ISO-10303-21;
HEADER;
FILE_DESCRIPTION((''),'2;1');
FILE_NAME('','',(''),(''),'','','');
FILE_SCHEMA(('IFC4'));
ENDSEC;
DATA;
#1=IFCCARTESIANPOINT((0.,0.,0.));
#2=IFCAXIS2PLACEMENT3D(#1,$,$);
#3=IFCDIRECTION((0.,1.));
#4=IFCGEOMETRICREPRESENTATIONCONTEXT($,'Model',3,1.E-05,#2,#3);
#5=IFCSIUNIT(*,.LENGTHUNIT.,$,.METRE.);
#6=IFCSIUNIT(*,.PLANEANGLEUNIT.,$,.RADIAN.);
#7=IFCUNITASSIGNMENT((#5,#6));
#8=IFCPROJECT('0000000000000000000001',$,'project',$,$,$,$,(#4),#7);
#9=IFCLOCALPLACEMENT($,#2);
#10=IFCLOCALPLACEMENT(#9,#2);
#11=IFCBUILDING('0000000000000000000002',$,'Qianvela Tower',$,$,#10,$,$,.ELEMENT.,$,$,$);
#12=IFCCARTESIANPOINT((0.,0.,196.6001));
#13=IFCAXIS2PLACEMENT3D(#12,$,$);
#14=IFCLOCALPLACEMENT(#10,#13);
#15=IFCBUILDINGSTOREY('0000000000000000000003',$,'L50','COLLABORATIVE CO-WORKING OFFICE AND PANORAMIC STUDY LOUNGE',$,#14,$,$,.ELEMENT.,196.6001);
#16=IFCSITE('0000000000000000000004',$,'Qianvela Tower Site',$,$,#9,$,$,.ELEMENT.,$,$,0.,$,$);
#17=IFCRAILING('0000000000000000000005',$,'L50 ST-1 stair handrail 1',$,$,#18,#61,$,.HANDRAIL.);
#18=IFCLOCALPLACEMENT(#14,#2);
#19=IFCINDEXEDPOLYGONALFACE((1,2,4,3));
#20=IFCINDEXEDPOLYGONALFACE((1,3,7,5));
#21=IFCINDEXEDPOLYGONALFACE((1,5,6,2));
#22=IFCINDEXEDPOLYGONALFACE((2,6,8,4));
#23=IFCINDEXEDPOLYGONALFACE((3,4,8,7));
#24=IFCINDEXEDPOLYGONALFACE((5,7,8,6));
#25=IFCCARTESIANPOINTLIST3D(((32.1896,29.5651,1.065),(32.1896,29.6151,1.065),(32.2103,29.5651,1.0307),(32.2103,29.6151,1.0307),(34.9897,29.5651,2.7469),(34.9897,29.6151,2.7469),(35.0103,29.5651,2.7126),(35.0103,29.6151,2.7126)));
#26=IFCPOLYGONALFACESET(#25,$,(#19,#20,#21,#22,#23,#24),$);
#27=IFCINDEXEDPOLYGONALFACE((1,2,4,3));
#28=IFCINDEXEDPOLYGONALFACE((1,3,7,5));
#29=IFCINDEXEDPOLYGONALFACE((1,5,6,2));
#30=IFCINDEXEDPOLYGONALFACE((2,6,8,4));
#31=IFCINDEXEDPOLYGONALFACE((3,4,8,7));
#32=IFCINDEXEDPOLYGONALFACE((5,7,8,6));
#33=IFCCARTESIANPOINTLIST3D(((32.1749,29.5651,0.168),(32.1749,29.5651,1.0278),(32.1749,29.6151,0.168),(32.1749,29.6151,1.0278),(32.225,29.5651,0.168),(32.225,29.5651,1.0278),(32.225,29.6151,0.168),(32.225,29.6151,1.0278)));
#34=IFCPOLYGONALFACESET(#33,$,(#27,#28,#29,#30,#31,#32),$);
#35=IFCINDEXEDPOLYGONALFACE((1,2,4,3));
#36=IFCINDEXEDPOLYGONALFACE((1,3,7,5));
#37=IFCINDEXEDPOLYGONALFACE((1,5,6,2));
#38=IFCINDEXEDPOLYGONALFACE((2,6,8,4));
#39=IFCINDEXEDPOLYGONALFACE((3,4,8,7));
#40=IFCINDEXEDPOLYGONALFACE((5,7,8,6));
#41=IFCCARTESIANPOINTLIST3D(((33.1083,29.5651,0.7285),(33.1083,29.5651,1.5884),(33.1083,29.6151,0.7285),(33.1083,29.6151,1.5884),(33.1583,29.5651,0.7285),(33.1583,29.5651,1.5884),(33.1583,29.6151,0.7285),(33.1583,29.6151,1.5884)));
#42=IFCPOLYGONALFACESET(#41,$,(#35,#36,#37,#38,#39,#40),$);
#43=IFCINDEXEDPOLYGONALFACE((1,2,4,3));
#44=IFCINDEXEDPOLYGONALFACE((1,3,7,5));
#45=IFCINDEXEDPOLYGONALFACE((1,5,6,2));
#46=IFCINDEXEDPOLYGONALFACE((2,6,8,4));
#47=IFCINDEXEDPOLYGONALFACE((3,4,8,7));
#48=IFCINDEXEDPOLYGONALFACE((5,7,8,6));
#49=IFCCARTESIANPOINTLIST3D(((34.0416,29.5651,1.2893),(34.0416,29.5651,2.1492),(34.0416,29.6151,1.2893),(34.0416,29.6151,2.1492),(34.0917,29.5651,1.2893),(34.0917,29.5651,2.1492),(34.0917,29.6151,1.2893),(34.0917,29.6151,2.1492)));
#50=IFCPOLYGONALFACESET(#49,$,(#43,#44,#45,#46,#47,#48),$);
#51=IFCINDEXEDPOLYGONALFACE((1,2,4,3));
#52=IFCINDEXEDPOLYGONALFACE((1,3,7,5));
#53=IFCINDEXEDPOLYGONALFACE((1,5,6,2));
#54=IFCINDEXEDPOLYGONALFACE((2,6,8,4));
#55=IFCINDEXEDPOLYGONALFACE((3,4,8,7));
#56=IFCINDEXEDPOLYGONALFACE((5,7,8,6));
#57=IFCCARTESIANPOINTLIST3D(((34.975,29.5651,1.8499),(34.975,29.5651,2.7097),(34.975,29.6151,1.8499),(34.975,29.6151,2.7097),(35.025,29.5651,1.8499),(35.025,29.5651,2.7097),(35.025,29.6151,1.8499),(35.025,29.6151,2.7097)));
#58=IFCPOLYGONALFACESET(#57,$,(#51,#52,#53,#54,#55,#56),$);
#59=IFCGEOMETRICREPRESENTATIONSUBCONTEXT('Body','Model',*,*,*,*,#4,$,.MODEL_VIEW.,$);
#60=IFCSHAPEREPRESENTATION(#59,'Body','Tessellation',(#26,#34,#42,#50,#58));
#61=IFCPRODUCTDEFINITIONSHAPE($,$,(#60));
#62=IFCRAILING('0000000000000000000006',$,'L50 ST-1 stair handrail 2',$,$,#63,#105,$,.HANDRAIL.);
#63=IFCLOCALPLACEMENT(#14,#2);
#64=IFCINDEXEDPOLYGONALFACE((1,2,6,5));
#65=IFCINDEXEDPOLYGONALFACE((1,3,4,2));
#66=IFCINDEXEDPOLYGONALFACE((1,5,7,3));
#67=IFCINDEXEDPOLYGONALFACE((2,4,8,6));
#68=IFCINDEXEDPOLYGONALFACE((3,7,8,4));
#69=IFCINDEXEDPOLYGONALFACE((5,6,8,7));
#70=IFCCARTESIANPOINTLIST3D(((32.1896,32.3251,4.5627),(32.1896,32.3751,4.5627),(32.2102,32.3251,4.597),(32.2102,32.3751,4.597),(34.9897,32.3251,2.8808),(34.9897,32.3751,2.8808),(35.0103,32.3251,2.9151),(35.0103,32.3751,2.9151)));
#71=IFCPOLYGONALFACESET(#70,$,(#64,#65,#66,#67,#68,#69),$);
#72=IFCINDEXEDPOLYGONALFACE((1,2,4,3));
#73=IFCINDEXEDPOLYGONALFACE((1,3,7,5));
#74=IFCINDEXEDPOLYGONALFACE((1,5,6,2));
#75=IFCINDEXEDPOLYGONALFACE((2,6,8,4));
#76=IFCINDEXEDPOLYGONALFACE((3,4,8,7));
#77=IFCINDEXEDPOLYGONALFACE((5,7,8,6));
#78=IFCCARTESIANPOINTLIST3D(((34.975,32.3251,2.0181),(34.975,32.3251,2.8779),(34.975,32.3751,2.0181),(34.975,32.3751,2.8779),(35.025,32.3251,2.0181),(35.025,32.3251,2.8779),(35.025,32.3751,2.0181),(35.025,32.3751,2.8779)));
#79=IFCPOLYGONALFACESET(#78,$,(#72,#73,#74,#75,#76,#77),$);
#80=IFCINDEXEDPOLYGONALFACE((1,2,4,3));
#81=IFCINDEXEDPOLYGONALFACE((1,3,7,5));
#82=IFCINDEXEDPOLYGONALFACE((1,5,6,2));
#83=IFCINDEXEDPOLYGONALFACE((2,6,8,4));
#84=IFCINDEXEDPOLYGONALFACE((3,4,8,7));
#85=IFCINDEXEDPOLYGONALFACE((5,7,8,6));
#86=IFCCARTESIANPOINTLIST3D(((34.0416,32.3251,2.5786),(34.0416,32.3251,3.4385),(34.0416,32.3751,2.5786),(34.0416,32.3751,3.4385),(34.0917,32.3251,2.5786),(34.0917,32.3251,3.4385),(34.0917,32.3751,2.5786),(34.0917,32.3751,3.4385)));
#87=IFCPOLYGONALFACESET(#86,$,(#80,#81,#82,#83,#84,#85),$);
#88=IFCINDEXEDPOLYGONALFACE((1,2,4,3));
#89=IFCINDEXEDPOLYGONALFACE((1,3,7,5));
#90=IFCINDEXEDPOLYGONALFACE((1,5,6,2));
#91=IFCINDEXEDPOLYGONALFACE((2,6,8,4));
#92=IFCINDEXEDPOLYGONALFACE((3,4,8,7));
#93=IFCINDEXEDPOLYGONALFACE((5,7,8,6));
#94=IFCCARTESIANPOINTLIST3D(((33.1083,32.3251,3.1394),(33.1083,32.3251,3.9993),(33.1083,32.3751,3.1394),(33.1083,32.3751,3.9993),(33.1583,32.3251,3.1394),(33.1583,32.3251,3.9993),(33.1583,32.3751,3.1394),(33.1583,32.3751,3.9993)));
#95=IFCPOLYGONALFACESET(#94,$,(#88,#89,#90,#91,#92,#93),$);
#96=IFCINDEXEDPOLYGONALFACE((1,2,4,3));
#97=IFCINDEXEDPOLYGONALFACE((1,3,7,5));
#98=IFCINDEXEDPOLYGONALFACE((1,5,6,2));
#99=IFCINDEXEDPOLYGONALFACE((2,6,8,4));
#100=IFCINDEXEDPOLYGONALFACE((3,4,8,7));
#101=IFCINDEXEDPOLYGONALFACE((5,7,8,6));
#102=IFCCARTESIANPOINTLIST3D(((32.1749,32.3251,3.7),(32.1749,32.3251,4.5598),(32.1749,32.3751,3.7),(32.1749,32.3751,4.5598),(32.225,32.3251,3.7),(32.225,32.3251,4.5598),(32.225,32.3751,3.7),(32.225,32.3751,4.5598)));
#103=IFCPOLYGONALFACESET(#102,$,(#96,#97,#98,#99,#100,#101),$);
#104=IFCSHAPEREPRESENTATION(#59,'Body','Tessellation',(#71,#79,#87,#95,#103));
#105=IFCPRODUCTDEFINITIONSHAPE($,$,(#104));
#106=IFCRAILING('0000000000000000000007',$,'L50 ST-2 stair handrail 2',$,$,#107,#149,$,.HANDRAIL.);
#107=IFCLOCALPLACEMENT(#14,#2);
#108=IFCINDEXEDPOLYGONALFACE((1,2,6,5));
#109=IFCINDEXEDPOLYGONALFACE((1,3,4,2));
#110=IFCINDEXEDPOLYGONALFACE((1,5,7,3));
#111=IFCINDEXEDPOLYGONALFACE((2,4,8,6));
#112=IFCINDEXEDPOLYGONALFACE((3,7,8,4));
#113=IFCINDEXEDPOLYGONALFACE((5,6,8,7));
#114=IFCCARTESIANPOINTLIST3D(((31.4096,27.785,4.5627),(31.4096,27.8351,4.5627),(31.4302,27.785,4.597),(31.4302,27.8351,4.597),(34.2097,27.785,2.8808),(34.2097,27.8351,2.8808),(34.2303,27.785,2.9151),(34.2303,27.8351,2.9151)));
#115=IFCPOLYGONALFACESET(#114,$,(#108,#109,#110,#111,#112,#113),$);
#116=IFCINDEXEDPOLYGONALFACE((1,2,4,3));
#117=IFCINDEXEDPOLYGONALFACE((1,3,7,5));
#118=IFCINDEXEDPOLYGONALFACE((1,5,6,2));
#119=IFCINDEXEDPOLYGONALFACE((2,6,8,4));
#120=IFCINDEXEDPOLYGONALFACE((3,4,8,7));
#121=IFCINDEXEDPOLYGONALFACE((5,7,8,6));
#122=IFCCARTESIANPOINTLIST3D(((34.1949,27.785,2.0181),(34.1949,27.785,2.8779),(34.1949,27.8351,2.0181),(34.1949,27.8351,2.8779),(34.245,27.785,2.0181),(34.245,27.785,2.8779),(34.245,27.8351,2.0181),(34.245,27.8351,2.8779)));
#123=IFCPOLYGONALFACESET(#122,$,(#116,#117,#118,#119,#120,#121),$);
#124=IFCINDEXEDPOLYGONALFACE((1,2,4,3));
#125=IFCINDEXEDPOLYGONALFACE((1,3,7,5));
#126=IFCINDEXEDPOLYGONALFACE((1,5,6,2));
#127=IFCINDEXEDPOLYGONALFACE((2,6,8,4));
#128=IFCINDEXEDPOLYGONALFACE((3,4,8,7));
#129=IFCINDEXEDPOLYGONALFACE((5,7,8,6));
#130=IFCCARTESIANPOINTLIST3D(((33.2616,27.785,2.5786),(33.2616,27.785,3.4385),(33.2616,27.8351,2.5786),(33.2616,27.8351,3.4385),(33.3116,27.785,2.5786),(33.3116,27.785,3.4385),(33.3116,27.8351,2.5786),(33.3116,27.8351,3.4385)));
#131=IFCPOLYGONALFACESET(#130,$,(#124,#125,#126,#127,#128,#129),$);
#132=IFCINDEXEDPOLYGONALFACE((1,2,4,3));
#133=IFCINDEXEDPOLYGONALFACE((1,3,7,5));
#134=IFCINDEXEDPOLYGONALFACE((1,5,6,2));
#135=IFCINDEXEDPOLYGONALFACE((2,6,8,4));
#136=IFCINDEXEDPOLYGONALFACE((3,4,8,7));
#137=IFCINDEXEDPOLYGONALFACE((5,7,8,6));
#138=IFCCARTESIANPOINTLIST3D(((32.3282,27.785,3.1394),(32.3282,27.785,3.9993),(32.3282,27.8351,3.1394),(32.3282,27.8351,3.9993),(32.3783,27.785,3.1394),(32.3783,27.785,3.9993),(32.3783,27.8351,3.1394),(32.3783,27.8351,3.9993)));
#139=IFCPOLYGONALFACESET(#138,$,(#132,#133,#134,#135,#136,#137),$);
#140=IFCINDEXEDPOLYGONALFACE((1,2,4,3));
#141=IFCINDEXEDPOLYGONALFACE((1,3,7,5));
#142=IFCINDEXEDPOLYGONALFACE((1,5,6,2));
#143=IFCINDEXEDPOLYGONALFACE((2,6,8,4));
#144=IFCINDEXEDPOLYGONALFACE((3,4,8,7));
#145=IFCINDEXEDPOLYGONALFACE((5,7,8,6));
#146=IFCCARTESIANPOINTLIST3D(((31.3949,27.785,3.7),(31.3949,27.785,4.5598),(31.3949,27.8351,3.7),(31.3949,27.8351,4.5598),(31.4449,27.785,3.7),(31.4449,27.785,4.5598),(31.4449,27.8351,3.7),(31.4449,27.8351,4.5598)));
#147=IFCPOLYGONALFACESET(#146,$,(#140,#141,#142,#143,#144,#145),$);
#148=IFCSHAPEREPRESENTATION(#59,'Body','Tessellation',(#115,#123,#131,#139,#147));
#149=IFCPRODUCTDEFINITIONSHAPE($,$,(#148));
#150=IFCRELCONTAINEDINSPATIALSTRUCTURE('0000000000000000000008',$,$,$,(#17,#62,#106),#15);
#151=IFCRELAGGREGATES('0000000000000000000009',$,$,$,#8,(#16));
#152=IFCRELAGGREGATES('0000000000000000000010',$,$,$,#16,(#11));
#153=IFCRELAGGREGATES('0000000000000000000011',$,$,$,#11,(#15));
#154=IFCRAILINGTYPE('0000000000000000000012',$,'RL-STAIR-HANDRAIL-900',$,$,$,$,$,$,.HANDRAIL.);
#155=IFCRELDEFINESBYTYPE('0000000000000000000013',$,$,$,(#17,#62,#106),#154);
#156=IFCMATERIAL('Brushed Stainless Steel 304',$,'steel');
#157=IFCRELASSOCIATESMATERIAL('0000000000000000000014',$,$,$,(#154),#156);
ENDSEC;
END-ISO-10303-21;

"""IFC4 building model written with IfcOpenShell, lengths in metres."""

from ifc_helpers import new_model, si_unit, direction, frame, origin, origin_2d, place, context, subcontext, project, spatial, rectangle, extrude, material, type_object, element, save


model = new_model("IFC4")

# Units and contexts
model_context = context("Model", 3, precision=1e-05, world=origin(), true_north=direction((0.0, 1.0)))
body_context = subcontext(model_context, "Body", "Model", "MODEL_VIEW")
ifc_project = project(units=[si_unit("LENGTHUNIT", "METRE"), si_unit("PLANEANGLEUNIT", "RADIAN")], contexts=[model_context])

# Site, building, storey
site_placement = place(None, origin())
site = spatial("IfcSite", under=ifc_project, at=site_placement, Name="Qianvela Tower Site", CompositionType="ELEMENT", RefElevation=0.0)
building_placement = place(site_placement, origin())
building = spatial("IfcBuilding", under=site, at=building_placement, Name="Qianvela Tower", CompositionType="ELEMENT")
storey_placement = place(building_placement, frame((0.0, 0.0, 196.6001)))
storey = spatial("IfcBuildingStorey", under=building, at=storey_placement, Name="L50", Description="COLLABORATIVE CO-WORKING OFFICE AND PANORAMIC STUDY LOUNGE", CompositionType="ELEMENT", Elevation=196.6001)

# Railings
ifc_material_1 = material(Name="Brushed Stainless Steel 304", Category="steel")
railing_type_1 = type_object("IfcRailingType", Name="RL-STAIR-HANDRAIL-900", PredefinedType="HANDRAIL", material=ifc_material_1)
railing_1_placement = place(storey_placement, frame((32.2, 29.5901, 0.168)))
element("IfcRailing", 1, at=railing_1_placement, inside=storey, type_object=railing_type_1, Name="L50 ST-1 stair handrail 1", PredefinedType="HANDRAIL", context=body_context, shape_type="SweptSolid", body=[
    extrude(rectangle(XDim=0.05, YDim=0.04, at=origin_2d()), frame((0.0, 0.0, 0.8799), z_axis=(0.857242, 0.0, 0.514913), x_axis=(0.0, 1.0, 0.0)), (0.0, 0.0, 1.0), 3.2664),
    extrude(rectangle(XDim=0.05, YDim=0.05, at=origin_2d()), origin(), (0.0, 0.0, 1.0), 0.8599),
    extrude(rectangle(XDim=0.05, YDim=0.05, at=origin_2d()), frame((0.9333, 0.0, 0.5605)), (0.0, 0.0, 1.0), 0.8599),
    extrude(rectangle(XDim=0.05, YDim=0.05, at=origin_2d()), frame((1.8667, 0.0, 1.1213)), (0.0, 0.0, 1.0), 0.8599),
    extrude(rectangle(XDim=0.05, YDim=0.05, at=origin_2d()), frame((2.8, 0.0, 1.6819)), (0.0, 0.0, 1.0), 0.8599),
])
for number, where, name in (
    (2, (35.0, 32.3501, 2.0181), "L50 ST-1 stair handrail 2"),
    (3, (34.22, 27.8101, 2.0181), "L50 ST-2 stair handrail 2"),
):
    element("IfcRailing", number, at=place(storey_placement, frame(where)), inside=storey, type_object=railing_type_1, Name=name, PredefinedType="HANDRAIL", context=body_context, shape_type="SweptSolid", body=[
        extrude(rectangle(XDim=0.05, YDim=0.04, at=origin_2d()), frame((0.0, 0.0, 0.8799), z_axis=(-0.857242, 0.0, 0.514913), x_axis=(0.0, -1.0, 0.0)), (0.0, 0.0, 1.0), 3.2664),
        extrude(rectangle(XDim=0.05, YDim=0.05, at=origin_2d()), origin(), (0.0, 0.0, 1.0), 0.8599),
        extrude(rectangle(XDim=0.05, YDim=0.05, at=origin_2d()), frame((-0.9333, 0.0, 0.5605)), (0.0, 0.0, 1.0), 0.8599),
        extrude(rectangle(XDim=0.05, YDim=0.05, at=origin_2d()), frame((-1.8667, 0.0, 1.1213)), (0.0, 0.0, 1.0), 0.8599),
        extrude(rectangle(XDim=0.05, YDim=0.05, at=origin_2d()), frame((-2.8, 0.0, 1.6819)), (0.0, 0.0, 1.0), 0.8599),
    ])

save(model, "model.ifc")
